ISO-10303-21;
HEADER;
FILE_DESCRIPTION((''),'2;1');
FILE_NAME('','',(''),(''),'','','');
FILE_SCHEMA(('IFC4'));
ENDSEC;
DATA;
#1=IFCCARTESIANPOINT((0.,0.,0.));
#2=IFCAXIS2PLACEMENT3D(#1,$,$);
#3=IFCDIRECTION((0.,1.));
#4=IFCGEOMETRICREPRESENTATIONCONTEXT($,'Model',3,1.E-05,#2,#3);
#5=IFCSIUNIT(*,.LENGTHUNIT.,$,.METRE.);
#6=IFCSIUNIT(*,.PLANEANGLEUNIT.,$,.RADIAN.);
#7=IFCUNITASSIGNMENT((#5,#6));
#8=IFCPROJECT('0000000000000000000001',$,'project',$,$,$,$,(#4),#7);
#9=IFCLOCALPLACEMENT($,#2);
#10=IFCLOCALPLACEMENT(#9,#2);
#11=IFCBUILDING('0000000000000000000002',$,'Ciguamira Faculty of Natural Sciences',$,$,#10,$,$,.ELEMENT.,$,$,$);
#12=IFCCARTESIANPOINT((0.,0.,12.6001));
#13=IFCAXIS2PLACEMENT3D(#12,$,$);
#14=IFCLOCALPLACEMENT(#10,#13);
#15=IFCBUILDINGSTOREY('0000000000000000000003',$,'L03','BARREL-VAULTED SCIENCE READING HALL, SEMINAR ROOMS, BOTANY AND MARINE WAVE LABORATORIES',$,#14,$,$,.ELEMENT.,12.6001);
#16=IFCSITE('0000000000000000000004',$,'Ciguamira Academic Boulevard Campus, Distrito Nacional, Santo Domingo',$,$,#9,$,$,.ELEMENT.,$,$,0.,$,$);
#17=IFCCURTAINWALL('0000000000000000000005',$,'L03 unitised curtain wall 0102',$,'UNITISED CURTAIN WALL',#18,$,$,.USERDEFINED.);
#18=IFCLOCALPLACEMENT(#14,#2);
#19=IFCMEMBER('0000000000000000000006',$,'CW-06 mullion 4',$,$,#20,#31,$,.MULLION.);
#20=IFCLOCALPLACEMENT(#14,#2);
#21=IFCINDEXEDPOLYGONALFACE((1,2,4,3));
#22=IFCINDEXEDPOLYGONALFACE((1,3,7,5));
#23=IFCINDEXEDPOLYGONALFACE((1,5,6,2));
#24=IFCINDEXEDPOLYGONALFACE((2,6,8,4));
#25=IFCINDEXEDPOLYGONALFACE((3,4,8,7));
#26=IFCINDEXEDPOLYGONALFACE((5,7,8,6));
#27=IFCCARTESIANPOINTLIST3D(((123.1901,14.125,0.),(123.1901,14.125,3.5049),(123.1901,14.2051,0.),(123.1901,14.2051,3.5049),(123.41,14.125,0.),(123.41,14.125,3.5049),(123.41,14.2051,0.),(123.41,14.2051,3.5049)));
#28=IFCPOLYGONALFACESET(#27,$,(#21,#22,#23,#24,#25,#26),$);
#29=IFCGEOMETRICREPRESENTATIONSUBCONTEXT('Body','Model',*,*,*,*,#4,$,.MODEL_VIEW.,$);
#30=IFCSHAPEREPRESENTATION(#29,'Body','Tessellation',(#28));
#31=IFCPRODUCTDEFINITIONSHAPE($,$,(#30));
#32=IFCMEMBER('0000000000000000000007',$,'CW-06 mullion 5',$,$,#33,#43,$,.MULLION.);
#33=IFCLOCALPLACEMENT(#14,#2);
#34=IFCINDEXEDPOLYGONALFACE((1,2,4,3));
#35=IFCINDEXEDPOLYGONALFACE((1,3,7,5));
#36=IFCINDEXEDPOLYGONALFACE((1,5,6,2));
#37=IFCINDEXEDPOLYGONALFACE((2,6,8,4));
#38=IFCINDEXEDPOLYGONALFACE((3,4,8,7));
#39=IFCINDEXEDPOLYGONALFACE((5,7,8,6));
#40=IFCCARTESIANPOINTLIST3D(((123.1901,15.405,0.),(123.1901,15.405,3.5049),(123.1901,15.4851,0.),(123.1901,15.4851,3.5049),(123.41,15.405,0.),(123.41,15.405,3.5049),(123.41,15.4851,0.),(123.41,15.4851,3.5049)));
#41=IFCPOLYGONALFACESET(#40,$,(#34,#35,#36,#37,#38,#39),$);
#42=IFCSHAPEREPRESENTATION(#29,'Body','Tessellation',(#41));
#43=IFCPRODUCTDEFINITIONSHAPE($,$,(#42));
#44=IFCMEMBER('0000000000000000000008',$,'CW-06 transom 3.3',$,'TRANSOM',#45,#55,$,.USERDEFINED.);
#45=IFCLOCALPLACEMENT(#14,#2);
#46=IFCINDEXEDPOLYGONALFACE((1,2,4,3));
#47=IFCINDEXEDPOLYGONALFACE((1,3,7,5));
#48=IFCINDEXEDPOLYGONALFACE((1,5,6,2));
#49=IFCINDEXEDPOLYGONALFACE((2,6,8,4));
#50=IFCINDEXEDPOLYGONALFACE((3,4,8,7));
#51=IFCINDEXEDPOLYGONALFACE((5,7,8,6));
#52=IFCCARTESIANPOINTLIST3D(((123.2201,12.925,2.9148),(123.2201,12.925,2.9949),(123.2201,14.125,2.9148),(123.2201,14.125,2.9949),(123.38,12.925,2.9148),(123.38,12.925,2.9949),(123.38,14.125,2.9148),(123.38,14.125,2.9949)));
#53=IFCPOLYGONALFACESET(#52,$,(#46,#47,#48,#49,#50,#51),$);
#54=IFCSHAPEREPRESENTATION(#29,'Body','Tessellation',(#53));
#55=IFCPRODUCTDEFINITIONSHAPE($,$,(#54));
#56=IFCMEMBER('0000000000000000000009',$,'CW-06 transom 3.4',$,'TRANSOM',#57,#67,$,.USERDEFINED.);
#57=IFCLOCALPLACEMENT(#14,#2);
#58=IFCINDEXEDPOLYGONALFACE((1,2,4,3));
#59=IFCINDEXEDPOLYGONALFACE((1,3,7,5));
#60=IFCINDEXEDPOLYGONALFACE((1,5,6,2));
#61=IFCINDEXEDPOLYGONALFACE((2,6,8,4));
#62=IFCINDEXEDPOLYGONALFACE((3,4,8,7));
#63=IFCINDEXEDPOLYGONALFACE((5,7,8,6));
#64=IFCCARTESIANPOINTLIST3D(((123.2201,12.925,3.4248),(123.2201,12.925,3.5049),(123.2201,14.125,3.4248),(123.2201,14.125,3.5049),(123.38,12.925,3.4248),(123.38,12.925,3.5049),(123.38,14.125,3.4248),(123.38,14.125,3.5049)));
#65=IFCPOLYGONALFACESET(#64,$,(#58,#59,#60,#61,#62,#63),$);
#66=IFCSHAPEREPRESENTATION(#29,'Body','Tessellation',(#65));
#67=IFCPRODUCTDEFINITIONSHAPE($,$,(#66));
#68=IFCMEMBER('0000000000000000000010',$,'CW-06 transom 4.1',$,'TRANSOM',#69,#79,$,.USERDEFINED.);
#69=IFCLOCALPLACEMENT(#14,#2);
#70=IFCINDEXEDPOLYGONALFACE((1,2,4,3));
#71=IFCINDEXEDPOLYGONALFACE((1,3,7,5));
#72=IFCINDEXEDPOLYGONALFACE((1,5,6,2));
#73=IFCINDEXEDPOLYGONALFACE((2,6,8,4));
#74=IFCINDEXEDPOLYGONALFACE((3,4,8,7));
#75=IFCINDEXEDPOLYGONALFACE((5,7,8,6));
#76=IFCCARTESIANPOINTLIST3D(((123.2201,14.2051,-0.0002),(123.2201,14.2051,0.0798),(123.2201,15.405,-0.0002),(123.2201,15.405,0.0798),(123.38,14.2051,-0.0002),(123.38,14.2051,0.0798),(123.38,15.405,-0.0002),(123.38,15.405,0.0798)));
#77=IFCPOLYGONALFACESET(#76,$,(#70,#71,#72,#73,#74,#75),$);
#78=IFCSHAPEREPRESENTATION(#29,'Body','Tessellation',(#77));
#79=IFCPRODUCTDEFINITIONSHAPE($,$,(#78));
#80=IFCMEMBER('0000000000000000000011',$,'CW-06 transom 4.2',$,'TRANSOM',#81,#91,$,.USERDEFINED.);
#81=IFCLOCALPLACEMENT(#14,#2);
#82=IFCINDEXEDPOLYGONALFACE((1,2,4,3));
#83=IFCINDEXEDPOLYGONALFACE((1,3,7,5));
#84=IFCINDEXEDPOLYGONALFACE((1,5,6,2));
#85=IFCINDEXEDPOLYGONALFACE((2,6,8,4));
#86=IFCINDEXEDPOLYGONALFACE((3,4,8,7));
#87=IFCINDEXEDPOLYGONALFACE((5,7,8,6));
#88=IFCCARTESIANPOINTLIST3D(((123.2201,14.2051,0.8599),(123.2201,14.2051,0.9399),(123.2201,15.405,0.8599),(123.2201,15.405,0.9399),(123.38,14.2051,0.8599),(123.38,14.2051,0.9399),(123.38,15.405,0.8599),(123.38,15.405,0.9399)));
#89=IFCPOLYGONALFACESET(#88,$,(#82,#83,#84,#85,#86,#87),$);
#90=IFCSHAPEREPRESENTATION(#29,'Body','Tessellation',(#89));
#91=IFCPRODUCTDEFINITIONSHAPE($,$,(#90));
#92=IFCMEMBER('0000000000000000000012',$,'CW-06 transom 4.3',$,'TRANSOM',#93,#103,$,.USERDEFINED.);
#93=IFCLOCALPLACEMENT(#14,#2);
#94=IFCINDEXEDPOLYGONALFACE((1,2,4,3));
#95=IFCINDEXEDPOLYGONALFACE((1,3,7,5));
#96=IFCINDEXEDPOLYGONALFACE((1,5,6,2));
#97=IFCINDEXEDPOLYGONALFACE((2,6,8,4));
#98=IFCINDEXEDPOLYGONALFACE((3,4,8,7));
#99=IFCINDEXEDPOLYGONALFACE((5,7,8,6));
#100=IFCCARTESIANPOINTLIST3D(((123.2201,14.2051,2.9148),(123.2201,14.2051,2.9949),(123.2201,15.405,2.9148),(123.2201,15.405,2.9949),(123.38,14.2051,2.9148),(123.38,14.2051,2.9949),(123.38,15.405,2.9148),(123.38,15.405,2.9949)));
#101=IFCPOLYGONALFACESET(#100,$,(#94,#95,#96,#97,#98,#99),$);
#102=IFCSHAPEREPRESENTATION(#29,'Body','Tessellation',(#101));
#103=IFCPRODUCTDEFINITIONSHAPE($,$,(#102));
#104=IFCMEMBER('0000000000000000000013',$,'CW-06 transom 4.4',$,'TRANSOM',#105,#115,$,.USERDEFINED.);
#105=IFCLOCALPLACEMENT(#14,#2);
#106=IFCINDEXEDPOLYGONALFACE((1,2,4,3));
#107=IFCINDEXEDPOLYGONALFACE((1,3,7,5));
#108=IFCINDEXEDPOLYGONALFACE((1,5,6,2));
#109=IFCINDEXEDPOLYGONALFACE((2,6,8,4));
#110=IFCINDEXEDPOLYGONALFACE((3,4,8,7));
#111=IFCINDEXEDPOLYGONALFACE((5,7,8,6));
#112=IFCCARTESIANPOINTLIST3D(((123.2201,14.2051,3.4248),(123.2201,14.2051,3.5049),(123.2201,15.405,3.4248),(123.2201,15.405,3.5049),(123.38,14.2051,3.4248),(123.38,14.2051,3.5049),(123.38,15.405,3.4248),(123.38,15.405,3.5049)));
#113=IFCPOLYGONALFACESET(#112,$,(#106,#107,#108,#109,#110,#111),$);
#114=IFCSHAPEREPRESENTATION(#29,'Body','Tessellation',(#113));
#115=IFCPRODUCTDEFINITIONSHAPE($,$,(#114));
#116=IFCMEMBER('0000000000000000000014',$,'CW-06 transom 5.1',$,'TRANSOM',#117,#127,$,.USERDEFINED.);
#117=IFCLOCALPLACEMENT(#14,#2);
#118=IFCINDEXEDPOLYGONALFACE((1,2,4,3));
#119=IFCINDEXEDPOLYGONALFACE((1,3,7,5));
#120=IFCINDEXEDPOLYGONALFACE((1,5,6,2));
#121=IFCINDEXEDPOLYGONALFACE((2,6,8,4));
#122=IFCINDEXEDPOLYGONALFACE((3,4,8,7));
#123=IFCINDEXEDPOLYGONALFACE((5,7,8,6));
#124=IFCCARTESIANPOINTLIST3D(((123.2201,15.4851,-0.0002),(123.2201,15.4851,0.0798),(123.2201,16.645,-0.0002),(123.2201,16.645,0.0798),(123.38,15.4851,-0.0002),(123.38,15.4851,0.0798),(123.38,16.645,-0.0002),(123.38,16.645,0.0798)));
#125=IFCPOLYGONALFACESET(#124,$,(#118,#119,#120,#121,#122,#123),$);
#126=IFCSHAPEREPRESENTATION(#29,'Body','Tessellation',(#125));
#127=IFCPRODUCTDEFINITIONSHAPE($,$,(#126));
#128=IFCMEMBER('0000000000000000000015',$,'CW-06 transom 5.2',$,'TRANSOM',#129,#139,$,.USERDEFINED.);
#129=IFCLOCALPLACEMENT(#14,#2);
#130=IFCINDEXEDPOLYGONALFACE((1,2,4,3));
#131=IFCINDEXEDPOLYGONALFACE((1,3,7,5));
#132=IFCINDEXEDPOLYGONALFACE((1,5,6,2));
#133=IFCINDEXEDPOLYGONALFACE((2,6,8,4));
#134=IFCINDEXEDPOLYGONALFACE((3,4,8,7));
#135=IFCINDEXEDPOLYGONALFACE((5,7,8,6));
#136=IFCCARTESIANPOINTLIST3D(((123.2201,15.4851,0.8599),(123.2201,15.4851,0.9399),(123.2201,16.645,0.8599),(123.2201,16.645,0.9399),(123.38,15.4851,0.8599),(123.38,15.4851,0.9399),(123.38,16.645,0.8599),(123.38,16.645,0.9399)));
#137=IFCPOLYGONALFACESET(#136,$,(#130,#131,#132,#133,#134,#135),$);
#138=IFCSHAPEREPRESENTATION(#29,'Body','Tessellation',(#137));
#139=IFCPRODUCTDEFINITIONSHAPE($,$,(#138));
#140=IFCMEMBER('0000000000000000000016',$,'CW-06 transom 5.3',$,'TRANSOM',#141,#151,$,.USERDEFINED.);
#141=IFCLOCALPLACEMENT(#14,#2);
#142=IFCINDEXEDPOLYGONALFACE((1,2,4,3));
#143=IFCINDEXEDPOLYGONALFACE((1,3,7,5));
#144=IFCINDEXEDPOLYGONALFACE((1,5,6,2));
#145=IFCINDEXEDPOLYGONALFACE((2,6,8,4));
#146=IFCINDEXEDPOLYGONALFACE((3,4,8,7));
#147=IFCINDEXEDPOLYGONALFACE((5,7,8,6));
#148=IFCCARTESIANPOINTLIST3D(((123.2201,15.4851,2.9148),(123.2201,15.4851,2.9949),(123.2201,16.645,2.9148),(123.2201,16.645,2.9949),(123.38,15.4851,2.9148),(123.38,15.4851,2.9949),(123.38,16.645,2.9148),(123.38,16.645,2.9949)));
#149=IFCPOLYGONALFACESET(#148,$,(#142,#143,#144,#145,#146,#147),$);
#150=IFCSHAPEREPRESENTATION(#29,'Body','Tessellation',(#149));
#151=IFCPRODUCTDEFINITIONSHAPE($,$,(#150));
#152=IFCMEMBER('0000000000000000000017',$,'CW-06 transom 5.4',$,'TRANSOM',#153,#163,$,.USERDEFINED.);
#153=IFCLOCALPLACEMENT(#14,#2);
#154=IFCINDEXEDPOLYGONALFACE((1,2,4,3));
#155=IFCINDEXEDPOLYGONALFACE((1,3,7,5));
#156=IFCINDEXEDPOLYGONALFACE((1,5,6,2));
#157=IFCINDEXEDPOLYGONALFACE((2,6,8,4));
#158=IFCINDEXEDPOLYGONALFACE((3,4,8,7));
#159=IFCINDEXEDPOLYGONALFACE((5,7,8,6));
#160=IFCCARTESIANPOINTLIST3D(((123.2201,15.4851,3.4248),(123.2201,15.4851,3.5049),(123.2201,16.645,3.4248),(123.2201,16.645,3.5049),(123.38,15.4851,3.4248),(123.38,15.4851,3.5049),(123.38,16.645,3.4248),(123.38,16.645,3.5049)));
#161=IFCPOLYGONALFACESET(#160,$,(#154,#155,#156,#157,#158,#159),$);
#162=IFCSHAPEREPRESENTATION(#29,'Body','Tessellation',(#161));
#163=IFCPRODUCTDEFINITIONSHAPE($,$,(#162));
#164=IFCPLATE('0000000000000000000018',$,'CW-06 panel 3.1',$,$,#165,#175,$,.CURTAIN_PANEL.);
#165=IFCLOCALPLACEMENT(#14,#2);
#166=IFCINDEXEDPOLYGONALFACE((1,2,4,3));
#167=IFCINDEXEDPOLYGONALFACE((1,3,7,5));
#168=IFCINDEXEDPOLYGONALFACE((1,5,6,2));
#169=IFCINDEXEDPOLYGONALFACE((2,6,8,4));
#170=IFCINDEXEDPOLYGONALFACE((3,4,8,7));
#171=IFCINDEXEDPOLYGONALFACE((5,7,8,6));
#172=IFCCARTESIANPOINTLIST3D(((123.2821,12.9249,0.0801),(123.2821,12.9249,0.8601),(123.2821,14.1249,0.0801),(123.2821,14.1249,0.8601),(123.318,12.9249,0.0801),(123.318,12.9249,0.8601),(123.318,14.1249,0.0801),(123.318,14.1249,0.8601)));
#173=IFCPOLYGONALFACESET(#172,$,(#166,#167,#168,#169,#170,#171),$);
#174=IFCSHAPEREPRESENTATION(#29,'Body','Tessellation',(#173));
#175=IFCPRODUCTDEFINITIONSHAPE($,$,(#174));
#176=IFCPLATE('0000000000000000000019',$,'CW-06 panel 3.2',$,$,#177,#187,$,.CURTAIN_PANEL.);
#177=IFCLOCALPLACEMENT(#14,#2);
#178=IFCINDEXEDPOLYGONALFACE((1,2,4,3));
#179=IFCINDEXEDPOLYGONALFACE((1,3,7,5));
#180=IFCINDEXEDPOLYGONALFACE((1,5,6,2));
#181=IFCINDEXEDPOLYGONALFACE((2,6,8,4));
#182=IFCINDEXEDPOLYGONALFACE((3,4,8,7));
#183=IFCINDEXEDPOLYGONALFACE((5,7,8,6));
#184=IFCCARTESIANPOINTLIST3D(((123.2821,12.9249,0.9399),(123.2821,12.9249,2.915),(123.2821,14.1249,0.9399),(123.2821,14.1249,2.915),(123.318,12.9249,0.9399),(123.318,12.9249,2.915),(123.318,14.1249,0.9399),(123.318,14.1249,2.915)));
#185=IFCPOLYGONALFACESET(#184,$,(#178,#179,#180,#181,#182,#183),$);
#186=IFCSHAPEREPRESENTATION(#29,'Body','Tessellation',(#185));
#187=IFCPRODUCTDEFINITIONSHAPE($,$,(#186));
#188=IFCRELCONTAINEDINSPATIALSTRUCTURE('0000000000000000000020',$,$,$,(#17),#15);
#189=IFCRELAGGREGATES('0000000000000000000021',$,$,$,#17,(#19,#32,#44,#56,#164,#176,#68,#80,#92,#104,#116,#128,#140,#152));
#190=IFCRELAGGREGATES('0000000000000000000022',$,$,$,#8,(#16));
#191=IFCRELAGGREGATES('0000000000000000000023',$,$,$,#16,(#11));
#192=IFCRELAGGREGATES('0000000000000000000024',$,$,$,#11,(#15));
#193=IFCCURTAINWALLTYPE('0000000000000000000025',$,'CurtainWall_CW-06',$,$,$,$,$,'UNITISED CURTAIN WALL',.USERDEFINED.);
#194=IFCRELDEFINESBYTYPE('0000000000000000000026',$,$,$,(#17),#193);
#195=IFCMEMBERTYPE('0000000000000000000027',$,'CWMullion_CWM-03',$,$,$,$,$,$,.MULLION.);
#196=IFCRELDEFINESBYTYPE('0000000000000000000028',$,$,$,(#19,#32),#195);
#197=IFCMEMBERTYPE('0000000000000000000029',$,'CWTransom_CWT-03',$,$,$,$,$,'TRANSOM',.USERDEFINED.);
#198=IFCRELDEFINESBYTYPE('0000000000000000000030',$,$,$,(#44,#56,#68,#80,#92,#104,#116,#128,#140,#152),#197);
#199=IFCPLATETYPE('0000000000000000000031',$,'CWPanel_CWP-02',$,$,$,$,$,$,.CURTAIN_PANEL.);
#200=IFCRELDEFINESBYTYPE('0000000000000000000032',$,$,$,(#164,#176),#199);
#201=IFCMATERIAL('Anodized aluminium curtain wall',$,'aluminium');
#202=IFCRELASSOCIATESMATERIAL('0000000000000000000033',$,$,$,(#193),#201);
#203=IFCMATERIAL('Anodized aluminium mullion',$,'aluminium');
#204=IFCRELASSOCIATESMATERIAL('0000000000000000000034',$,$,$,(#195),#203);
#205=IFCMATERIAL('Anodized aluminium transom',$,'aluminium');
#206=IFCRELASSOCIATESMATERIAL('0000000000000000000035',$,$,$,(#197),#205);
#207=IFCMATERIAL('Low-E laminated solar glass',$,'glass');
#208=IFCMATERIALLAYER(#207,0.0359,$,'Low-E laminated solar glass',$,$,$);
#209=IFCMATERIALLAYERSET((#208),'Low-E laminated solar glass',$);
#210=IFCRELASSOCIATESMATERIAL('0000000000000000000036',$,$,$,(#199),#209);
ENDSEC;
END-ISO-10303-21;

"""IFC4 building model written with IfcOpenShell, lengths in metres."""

from ifc_helpers import new_model, si_unit, direction, frame, origin, origin_2d, place, context, subcontext, project, spatial, rectangle, extrude, material, layer, layer_set, material_profile, profile_set, type_object, element, aggregate, save


model = new_model("IFC4")

# Units and contexts
model_context = context("Model", 3, precision=1e-05, world=origin(), true_north=direction((0.0, 1.0)))
body_context = subcontext(model_context, "Body", "Model", "MODEL_VIEW")
ifc_project = project(units=[si_unit("LENGTHUNIT", "METRE"), si_unit("PLANEANGLEUNIT", "RADIAN")], contexts=[model_context])

# Site, building, storey
site_placement = place(None, origin())
site = spatial("IfcSite", under=ifc_project, at=site_placement, Name="Ciguamira Academic Boulevard Campus, Distrito Nacional, Santo Domingo", CompositionType="ELEMENT", RefElevation=0.0)
building_placement = place(site_placement, origin())
building = spatial("IfcBuilding", under=site, at=building_placement, Name="Ciguamira Faculty of Natural Sciences", CompositionType="ELEMENT")
storey_placement = place(building_placement, frame((0.0, 0.0, 12.6001)))
storey = spatial("IfcBuildingStorey", under=building, at=storey_placement, Name="L03", Description="BARREL-VAULTED SCIENCE READING HALL, SEMINAR ROOMS, BOTANY AND MARINE WAVE LABORATORIES", CompositionType="ELEMENT", Elevation=12.6001)

# Curtain wall, members, plates
ifc_material_1 = material(Name="Anodized aluminium curtain wall", Category="aluminium")
curtain_wall_type = type_object("IfcCurtainWallType", Name="CurtainWall_CW-06", ElementType="UNITISED CURTAIN WALL", PredefinedType="USERDEFINED", material=ifc_material_1)
curtain_wall_placement = place(storey_placement, origin())
curtain_wall = element("IfcCurtainWall", 1, at=curtain_wall_placement, inside=storey, type_object=curtain_wall_type, Name="L03 unitised curtain wall 0102", ObjectType="UNITISED CURTAIN WALL", PredefinedType="USERDEFINED")
ifc_material_2 = material(Name="Anodized aluminium mullion", Category="aluminium")
ifc_material_profile_1 = material_profile(ifc_material_2, rectangle(XDim=0.0801, YDim=0.22, at=origin_2d()), Name="ALU-MUL-80X220")
ifc_profile_set_1 = profile_set([ifc_material_profile_1], Name="Anodized aluminium mullion")
member_type_1 = type_object("IfcMemberType", Name="CWMullion_CWM-03", PredefinedType="MULLION", material=ifc_profile_set_1)
member_1_placement = place(storey_placement, frame((123.3, 14.165, 0.0), z_axis=(0.0, 0.0, 1.0), x_axis=(0.0, 1.0, 0.0)))
member_1 = element("IfcMember", 2, at=member_1_placement, type_object=member_type_1, Name="CW-06 mullion 4", PredefinedType="MULLION", context=body_context, shape_type="SweptSolid", body=[
    extrude(rectangle(XDim=0.0801, YDim=0.22, at=origin_2d()), origin(), (0.0, 0.0, 1.0), 3.5049),
])
member_2_placement = place(storey_placement, frame((123.3, 15.4451, 0.0), z_axis=(0.0, 0.0, 1.0), x_axis=(0.0, 1.0, 0.0)))
member_2 = element("IfcMember", 3, at=member_2_placement, type_object=member_type_1, Name="CW-06 mullion 5", PredefinedType="MULLION", context=body_context, shape_type="SweptSolid", body=[
    extrude(rectangle(XDim=0.0801, YDim=0.22, at=origin_2d()), origin(), (0.0, 0.0, 1.0), 3.5049),
])
ifc_material_3 = material(Name="Anodized aluminium transom", Category="aluminium")
ifc_material_profile_2 = material_profile(ifc_material_3, rectangle(XDim=0.0801, YDim=0.1599, at=origin_2d()), Name="ALU-TRN-80X160")
ifc_profile_set_2 = profile_set([ifc_material_profile_2], Name="Anodized aluminium transom")
member_type_2 = type_object("IfcMemberType", Name="CWTransom_CWT-03", ElementType="TRANSOM", PredefinedType="USERDEFINED", material=ifc_profile_set_2)
member_3_placement = place(storey_placement, frame((123.3, 12.925, 2.9548), z_axis=(0.0, 1.0, 0.0), x_axis=(0.0, 0.0, 1.0)))
member_3 = element("IfcMember", 4, at=member_3_placement, type_object=member_type_2, Name="CW-06 transom 3.3", ObjectType="TRANSOM", PredefinedType="USERDEFINED", context=body_context, shape_type="SweptSolid", body=[
    extrude(rectangle(XDim=0.0801, YDim=0.1599, at=origin_2d()), origin(), (0.0, 0.0, 1.0), 1.2),
])
member_4_placement = place(storey_placement, frame((123.3, 12.925, 3.4648), z_axis=(0.0, 1.0, 0.0), x_axis=(0.0, 0.0, 1.0)))
member_4 = element("IfcMember", 5, at=member_4_placement, type_object=member_type_2, Name="CW-06 transom 3.4", ObjectType="TRANSOM", PredefinedType="USERDEFINED", context=body_context, shape_type="SweptSolid", body=[
    extrude(rectangle(XDim=0.0801, YDim=0.1599, at=origin_2d()), origin(), (0.0, 0.0, 1.0), 1.2),
])
member_5_placement = place(storey_placement, frame((123.3, 14.2051, 0.0398), z_axis=(0.0, 1.0, 0.0), x_axis=(0.0, 0.0, 1.0)))
member_5 = element("IfcMember", 6, at=member_5_placement, type_object=member_type_2, Name="CW-06 transom 4.1", ObjectType="TRANSOM", PredefinedType="USERDEFINED", context=body_context, shape_type="SweptSolid", body=[
    extrude(rectangle(XDim=0.0801, YDim=0.1599, at=origin_2d()), origin(), (0.0, 0.0, 1.0), 1.2),
])
member_6_placement = place(storey_placement, frame((123.3, 14.2051, 0.8999), z_axis=(0.0, 1.0, 0.0), x_axis=(0.0, 0.0, 1.0)))
member_6 = element("IfcMember", 7, at=member_6_placement, type_object=member_type_2, Name="CW-06 transom 4.2", ObjectType="TRANSOM", PredefinedType="USERDEFINED", context=body_context, shape_type="SweptSolid", body=[
    extrude(rectangle(XDim=0.0801, YDim=0.1599, at=origin_2d()), origin(), (0.0, 0.0, 1.0), 1.2),
])
member_7_placement = place(storey_placement, frame((123.3, 14.2051, 2.9548), z_axis=(0.0, 1.0, 0.0), x_axis=(0.0, 0.0, 1.0)))
member_7 = element("IfcMember", 8, at=member_7_placement, type_object=member_type_2, Name="CW-06 transom 4.3", ObjectType="TRANSOM", PredefinedType="USERDEFINED", context=body_context, shape_type="SweptSolid", body=[
    extrude(rectangle(XDim=0.0801, YDim=0.1599, at=origin_2d()), origin(), (0.0, 0.0, 1.0), 1.2),
])
member_8_placement = place(storey_placement, frame((123.3, 14.2051, 3.4648), z_axis=(0.0, 1.0, 0.0), x_axis=(0.0, 0.0, 1.0)))
member_8 = element("IfcMember", 9, at=member_8_placement, type_object=member_type_2, Name="CW-06 transom 4.4", ObjectType="TRANSOM", PredefinedType="USERDEFINED", context=body_context, shape_type="SweptSolid", body=[
    extrude(rectangle(XDim=0.0801, YDim=0.1599, at=origin_2d()), origin(), (0.0, 0.0, 1.0), 1.2),
])
member_9_placement = place(storey_placement, frame((123.3, 15.4851, 0.0398), z_axis=(0.0, 1.0, 0.0), x_axis=(0.0, 0.0, 1.0)))
member_9 = element("IfcMember", 10, at=member_9_placement, type_object=member_type_2, Name="CW-06 transom 5.1", ObjectType="TRANSOM", PredefinedType="USERDEFINED", context=body_context, shape_type="SweptSolid", body=[
    extrude(rectangle(XDim=0.0801, YDim=0.1599, at=origin_2d()), origin(), (0.0, 0.0, 1.0), 1.1599),
])
member_10_placement = place(storey_placement, frame((123.3, 15.4851, 0.8999), z_axis=(0.0, 1.0, 0.0), x_axis=(0.0, 0.0, 1.0)))
member_10 = element("IfcMember", 11, at=member_10_placement, type_object=member_type_2, Name="CW-06 transom 5.2", ObjectType="TRANSOM", PredefinedType="USERDEFINED", context=body_context, shape_type="SweptSolid", body=[
    extrude(rectangle(XDim=0.0801, YDim=0.1599, at=origin_2d()), origin(), (0.0, 0.0, 1.0), 1.1599),
])
member_11_placement = place(storey_placement, frame((123.3, 15.4851, 2.9548), z_axis=(0.0, 1.0, 0.0), x_axis=(0.0, 0.0, 1.0)))
member_11 = element("IfcMember", 12, at=member_11_placement, type_object=member_type_2, Name="CW-06 transom 5.3", ObjectType="TRANSOM", PredefinedType="USERDEFINED", context=body_context, shape_type="SweptSolid", body=[
    extrude(rectangle(XDim=0.0801, YDim=0.1599, at=origin_2d()), origin(), (0.0, 0.0, 1.0), 1.1599),
])
member_12_placement = place(storey_placement, frame((123.3, 15.4851, 3.4648), z_axis=(0.0, 1.0, 0.0), x_axis=(0.0, 0.0, 1.0)))
member_12 = element("IfcMember", 13, at=member_12_placement, type_object=member_type_2, Name="CW-06 transom 5.4", ObjectType="TRANSOM", PredefinedType="USERDEFINED", context=body_context, shape_type="SweptSolid", body=[
    extrude(rectangle(XDim=0.0801, YDim=0.1599, at=origin_2d()), origin(), (0.0, 0.0, 1.0), 1.1599),
])
ifc_material_4 = material(Name="Low-E laminated solar glass", Category="glass")
ifc_layer_1 = layer(ifc_material_4, 0.0359, Name="Low-E laminated solar glass")
ifc_layer_set_1 = layer_set([ifc_layer_1], Name="Low-E laminated solar glass")
plate_type = type_object("IfcPlateType", Name="CWPanel_CWP-02", PredefinedType="CURTAIN_PANEL", material=ifc_layer_set_1)
plate_1_placement = place(storey_placement, frame((123.3, 13.5249, 0.0801), z_axis=(0.0, 0.0, 1.0), x_axis=(0.0, 1.0, 0.0)))
plate_1 = element("IfcPlate", 14, at=plate_1_placement, type_object=plate_type, Name="CW-06 panel 3.1", PredefinedType="CURTAIN_PANEL", context=body_context, shape_type="SweptSolid", body=[
    extrude(rectangle(XDim=1.2, YDim=0.0359, at=origin_2d()), origin(), (0.0, 0.0, 1.0), 0.78),
])
plate_2_placement = place(storey_placement, frame((123.3, 13.5249, 0.9399), z_axis=(0.0, 0.0, 1.0), x_axis=(0.0, 1.0, 0.0)))
plate_2 = element("IfcPlate", 15, at=plate_2_placement, type_object=plate_type, Name="CW-06 panel 3.2", PredefinedType="CURTAIN_PANEL", context=body_context, shape_type="SweptSolid", body=[
    extrude(rectangle(XDim=1.2, YDim=0.0359, at=origin_2d()), origin(), (0.0, 0.0, 1.0), 1.9751),
])
aggregate(curtain_wall, [member_1, member_2, member_3, member_4, plate_1, plate_2, member_5, member_6, member_7, member_8, member_9, member_10, member_11, member_12])

save(model, "model.ifc")
